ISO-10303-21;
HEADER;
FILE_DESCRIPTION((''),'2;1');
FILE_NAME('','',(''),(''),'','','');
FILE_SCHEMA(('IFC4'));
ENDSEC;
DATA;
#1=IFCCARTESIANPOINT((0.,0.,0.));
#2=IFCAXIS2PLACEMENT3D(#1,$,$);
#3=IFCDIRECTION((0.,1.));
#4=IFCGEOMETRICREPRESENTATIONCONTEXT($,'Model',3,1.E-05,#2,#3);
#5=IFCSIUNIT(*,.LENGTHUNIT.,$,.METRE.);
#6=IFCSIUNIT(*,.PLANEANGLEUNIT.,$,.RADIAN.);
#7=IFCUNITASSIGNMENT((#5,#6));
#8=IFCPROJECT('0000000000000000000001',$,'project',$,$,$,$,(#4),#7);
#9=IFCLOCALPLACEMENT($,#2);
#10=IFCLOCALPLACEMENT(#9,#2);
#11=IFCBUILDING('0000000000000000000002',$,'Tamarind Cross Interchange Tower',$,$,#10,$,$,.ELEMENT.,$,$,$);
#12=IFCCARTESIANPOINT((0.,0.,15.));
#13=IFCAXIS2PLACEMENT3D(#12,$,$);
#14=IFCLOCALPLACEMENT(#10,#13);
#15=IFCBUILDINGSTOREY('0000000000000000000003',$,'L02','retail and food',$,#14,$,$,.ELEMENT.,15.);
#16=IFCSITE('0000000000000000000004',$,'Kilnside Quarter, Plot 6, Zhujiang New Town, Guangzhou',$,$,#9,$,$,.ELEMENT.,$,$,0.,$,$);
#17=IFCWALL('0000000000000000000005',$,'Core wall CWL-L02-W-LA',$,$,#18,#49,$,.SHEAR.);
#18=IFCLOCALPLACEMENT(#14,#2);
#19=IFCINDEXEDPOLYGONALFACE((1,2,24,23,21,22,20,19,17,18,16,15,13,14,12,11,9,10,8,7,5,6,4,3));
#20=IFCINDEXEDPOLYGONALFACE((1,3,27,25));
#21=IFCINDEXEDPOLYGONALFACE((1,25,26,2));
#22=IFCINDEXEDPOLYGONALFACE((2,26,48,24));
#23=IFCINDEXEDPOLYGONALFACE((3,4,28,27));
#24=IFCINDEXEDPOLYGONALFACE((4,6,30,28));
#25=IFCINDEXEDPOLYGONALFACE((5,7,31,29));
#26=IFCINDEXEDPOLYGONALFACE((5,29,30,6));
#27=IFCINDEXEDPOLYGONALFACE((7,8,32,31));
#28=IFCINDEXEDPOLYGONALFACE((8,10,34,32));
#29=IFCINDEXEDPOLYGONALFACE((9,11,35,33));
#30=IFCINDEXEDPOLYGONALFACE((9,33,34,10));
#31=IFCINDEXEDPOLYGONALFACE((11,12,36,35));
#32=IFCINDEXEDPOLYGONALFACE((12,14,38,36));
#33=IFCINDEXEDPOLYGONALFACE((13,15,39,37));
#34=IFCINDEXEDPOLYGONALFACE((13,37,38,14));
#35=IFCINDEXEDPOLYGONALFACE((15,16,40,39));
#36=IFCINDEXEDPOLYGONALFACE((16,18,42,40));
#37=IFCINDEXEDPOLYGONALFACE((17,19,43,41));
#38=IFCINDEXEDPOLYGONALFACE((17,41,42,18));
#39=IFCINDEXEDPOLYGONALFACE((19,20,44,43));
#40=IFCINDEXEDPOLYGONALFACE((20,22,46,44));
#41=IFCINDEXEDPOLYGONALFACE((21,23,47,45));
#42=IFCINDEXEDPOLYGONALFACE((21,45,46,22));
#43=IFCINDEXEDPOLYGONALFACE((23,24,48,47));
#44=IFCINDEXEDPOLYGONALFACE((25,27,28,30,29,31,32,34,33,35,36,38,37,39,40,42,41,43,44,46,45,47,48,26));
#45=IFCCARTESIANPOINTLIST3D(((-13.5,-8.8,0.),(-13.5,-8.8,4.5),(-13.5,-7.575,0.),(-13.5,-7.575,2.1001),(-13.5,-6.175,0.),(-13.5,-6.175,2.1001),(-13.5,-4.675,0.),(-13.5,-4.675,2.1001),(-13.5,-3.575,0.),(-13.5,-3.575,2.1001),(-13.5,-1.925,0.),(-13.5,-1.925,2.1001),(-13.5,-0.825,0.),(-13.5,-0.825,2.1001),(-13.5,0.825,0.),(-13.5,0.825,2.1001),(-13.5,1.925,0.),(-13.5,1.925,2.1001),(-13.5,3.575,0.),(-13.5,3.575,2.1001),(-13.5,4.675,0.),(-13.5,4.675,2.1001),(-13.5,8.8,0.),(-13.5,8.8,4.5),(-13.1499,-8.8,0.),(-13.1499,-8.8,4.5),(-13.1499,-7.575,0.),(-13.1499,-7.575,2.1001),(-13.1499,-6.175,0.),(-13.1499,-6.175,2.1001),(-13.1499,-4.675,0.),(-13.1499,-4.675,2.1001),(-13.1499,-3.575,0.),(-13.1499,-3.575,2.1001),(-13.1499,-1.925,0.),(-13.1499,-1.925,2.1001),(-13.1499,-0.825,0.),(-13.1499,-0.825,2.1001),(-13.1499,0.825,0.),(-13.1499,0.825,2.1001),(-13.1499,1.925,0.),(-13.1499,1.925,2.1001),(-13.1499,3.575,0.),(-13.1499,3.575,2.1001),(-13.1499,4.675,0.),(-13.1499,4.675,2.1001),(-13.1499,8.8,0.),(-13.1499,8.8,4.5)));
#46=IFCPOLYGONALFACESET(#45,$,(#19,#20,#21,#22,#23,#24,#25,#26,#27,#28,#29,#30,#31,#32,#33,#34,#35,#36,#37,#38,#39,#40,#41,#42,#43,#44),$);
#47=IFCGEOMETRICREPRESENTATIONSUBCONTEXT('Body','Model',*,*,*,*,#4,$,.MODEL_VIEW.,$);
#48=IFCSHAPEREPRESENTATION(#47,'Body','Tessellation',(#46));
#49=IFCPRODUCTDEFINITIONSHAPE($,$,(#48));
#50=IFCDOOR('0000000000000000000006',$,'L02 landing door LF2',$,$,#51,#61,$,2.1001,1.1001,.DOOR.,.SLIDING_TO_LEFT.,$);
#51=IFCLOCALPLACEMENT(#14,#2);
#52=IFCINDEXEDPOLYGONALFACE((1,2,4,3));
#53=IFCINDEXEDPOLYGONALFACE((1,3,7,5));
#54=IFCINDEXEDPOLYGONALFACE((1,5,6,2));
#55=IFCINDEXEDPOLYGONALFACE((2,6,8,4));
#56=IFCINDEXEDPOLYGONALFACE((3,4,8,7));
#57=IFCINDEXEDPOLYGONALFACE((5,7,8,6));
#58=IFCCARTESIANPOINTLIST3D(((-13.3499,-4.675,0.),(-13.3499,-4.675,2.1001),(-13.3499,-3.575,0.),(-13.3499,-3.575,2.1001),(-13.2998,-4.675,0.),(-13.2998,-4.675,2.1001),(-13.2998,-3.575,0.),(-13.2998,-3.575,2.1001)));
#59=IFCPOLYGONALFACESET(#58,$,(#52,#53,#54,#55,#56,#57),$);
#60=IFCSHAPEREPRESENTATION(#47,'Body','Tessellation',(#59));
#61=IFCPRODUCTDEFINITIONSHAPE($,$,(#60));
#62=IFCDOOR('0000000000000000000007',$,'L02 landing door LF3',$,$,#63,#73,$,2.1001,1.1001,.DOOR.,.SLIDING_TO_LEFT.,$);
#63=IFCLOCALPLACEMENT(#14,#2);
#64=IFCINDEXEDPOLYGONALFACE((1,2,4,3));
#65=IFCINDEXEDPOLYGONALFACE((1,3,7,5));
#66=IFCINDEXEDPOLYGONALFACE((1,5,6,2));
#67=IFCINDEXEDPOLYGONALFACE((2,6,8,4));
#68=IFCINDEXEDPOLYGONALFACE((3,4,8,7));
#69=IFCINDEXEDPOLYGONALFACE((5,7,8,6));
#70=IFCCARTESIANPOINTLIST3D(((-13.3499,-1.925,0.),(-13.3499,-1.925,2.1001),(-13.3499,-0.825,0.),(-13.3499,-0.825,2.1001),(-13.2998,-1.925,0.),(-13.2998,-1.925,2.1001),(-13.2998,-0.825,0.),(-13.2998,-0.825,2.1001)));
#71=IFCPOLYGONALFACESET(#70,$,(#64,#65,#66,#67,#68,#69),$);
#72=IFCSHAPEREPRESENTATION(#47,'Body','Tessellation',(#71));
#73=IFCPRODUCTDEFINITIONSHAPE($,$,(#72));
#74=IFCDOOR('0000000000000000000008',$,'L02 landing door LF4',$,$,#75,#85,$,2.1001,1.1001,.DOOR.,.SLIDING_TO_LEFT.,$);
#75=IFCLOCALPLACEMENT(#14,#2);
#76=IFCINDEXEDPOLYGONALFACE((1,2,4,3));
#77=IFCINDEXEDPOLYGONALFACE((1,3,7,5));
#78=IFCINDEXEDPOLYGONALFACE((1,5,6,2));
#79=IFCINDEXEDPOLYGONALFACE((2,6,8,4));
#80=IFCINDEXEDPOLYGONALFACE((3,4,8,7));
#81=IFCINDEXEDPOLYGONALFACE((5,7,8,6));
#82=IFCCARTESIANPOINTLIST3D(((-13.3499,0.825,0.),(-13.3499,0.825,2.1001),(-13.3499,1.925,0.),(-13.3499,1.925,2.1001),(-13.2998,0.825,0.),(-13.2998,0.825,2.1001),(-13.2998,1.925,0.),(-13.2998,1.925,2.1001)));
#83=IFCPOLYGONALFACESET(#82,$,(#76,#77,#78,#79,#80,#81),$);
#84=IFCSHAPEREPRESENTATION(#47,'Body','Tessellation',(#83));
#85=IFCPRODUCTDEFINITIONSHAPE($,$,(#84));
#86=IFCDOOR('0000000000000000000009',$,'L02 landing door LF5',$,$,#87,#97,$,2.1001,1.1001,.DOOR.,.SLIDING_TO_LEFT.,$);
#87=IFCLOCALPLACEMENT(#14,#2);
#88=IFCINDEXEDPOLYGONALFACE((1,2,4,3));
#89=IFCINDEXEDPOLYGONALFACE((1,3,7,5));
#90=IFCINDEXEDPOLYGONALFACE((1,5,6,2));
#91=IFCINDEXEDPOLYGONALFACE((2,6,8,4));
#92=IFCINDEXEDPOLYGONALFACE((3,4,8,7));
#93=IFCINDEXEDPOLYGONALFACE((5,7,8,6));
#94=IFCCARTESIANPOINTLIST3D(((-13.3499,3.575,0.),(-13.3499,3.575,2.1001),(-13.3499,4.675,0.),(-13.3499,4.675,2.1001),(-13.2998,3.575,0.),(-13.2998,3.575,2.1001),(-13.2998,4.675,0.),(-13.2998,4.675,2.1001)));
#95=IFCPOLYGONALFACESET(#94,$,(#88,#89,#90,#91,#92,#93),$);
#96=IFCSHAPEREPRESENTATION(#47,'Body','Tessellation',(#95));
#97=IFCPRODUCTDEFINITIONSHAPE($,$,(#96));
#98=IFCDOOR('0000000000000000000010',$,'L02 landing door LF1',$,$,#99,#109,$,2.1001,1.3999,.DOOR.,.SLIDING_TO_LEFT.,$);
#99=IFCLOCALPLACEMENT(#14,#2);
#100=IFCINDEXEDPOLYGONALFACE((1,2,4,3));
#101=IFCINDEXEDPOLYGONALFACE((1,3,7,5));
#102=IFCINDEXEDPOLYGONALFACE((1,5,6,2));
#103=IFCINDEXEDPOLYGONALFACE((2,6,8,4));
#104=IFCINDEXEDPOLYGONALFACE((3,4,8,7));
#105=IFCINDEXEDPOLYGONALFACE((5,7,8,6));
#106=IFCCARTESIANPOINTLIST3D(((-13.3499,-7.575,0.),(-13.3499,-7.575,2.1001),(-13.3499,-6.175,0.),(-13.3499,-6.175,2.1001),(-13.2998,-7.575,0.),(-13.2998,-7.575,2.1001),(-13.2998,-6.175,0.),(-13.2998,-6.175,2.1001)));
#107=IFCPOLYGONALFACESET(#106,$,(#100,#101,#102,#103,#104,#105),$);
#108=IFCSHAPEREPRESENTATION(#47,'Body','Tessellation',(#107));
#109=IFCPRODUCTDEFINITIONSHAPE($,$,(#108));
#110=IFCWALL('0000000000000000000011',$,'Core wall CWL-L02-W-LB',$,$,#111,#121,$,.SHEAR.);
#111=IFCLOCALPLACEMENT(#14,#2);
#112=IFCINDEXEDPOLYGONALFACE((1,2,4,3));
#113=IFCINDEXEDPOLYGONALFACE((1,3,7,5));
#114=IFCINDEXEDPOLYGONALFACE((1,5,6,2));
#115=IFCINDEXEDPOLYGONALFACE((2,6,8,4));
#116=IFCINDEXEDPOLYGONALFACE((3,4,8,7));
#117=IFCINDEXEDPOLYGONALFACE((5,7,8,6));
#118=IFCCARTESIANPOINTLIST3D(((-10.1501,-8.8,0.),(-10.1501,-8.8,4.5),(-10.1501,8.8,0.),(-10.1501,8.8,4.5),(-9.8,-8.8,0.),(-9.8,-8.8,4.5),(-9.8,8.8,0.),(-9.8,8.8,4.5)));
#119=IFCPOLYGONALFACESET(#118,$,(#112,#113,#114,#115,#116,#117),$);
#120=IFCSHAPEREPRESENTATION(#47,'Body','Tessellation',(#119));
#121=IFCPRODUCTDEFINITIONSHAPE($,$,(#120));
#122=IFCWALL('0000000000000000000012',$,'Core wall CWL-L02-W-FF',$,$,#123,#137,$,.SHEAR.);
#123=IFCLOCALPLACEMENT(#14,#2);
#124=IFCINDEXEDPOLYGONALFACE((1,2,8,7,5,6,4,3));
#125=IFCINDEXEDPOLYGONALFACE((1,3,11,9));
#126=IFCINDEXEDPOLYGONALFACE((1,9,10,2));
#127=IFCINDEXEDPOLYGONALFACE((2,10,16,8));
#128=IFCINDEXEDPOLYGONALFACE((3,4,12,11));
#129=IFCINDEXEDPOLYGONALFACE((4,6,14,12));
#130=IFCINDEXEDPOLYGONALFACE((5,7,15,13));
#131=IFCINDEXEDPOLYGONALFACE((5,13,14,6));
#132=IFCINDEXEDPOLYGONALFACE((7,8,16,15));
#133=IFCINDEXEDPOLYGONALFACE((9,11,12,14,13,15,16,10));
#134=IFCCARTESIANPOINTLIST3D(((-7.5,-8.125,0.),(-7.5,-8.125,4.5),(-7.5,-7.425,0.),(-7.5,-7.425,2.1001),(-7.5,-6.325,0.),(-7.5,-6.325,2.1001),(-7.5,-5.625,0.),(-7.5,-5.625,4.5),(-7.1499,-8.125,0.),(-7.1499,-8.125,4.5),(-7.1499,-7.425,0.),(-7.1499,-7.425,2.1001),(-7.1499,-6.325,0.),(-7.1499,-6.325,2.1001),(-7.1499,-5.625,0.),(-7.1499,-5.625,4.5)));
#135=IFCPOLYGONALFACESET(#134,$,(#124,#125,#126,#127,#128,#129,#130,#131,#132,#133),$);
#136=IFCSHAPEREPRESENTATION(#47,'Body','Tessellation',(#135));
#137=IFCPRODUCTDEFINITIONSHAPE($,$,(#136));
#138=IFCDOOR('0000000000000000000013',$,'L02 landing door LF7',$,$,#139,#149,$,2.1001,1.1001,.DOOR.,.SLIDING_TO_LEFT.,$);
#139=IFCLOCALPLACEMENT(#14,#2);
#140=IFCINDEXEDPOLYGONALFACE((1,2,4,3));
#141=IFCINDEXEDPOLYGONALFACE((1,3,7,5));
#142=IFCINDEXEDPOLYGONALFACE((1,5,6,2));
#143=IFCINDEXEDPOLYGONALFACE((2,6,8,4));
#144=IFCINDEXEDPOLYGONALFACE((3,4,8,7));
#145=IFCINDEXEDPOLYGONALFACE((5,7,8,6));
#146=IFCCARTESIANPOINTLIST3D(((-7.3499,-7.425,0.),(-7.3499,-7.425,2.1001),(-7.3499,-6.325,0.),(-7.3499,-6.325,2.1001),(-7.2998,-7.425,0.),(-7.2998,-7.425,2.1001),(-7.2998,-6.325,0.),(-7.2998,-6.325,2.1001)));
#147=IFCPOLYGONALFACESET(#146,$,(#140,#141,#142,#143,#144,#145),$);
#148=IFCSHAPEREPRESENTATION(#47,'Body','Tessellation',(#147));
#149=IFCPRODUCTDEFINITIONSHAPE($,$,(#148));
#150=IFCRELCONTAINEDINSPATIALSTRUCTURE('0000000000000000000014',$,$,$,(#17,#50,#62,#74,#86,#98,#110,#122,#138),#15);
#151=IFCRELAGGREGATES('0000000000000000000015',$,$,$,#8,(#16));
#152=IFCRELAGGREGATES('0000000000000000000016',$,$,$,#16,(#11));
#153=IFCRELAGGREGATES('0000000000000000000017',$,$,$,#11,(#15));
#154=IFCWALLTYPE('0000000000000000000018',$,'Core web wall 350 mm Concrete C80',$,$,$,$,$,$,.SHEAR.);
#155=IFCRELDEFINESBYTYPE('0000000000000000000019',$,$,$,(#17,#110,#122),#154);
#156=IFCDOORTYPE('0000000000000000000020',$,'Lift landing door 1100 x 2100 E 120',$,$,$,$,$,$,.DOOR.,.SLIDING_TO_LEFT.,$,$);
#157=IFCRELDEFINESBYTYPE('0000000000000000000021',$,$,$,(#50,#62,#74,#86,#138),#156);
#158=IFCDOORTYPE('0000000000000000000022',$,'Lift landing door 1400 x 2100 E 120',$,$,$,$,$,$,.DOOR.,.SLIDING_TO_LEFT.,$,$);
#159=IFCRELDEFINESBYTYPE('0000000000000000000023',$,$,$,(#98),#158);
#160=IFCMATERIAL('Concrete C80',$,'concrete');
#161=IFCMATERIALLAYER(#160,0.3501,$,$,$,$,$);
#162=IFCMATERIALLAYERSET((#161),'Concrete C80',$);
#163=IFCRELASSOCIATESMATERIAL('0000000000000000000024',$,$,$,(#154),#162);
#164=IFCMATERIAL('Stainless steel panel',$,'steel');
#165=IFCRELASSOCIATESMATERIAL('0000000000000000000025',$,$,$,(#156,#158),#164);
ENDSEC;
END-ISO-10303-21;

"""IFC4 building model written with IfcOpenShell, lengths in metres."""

from ifc_helpers import new_model, si_unit, direction, frame, frame_2d, origin, place, context, subcontext, project, spatial, rectangle, extrude, material, layer, layer_set, type_object, element, fill, save


model = new_model("IFC4")

# Units and contexts
model_context = context("Model", 3, precision=1e-05, world=origin(), true_north=direction((0.0, 1.0)))
body_context = subcontext(model_context, "Body", "Model", "MODEL_VIEW")
ifc_project = project(units=[si_unit("LENGTHUNIT", "METRE"), si_unit("PLANEANGLEUNIT", "RADIAN")], contexts=[model_context])

# Site, building, storey
site_placement = place(None, origin())
site = spatial("IfcSite", under=ifc_project, at=site_placement, Name="Kilnside Quarter, Plot 6, Zhujiang New Town, Guangzhou", CompositionType="ELEMENT", RefElevation=0.0)
building_placement = place(site_placement, origin())
building = spatial("IfcBuilding", under=site, at=building_placement, Name="Tamarind Cross Interchange Tower", CompositionType="ELEMENT")
storey_placement = place(building_placement, frame((0.0, 0.0, 15.0)))
storey = spatial("IfcBuildingStorey", under=building, at=storey_placement, Name="L02", Description="retail and food", CompositionType="ELEMENT", Elevation=15.0)

# Shared definitions
ifc_material_1 = material(Name="Concrete C80", Category="concrete")

# Shared definitions
ifc_layer_1 = layer(ifc_material_1, 0.3501)
ifc_layer_set_1 = layer_set([ifc_layer_1], Name="Concrete C80")
wall_type_1 = type_object("IfcWallType", Name="Core web wall 350 mm Concrete C80", PredefinedType="SHEAR", material=ifc_layer_set_1)

# Wall, openings, doors
wall_1_placement = place(storey_placement, frame((-13.325, -8.8, 0.0), z_axis=(0.0, 0.0, 1.0), x_axis=(0.0, 1.0, 0.0)))
wall_1 = element("IfcWall", 1, at=wall_1_placement, inside=storey, type_object=wall_type_1, Name="Core wall CWL-L02-W-LA", PredefinedType="SHEAR", context=body_context, shape_type="SweptSolid", body=[
    extrude(rectangle(XDim=17.6001, YDim=0.3501, at=frame_2d((8.8, 0.0))), origin(), (0.0, 0.0, 1.0), 4.5),
])
opening_1_placement = place(wall_1_placement, frame((1.2251, 0.0, 0.0)))
opening_1 = element("IfcOpeningElement", 2, at=opening_1_placement, cuts=wall_1, PredefinedType="OPENING", context=body_context, shape_type="SweptSolid", body=[
    extrude(rectangle(XDim=1.3999, YDim=2.1001, at=frame_2d((0.7, 1.05))), frame((0.0, 0.1851, 0.0), z_axis=(0.0, -1.0, 0.0), x_axis=(1.0, 0.0, 0.0)), (0.0, 0.0, 1.0), 0.3701),
])
opening_2_placement = place(wall_1_placement, frame((4.125, 0.0, 0.0)))
opening_2 = element("IfcOpeningElement", 3, at=opening_2_placement, cuts=wall_1, PredefinedType="OPENING", context=body_context, shape_type="SweptSolid", body=[
    extrude(rectangle(XDim=1.1001, YDim=2.1001, at=frame_2d((0.55, 1.05))), frame((0.0, 0.1851, 0.0), z_axis=(0.0, -1.0, 0.0), x_axis=(1.0, 0.0, 0.0)), (0.0, 0.0, 1.0), 0.3701),
])
opening_3_placement = place(wall_1_placement, frame((6.875, 0.0, 0.0)))
opening_3 = element("IfcOpeningElement", 4, at=opening_3_placement, cuts=wall_1, PredefinedType="OPENING", context=body_context, shape_type="SweptSolid", body=[
    extrude(rectangle(XDim=1.1001, YDim=2.1001, at=frame_2d((0.55, 1.05))), frame((0.0, 0.1851, 0.0), z_axis=(0.0, -1.0, 0.0), x_axis=(1.0, 0.0, 0.0)), (0.0, 0.0, 1.0), 0.3701),
])
opening_4_placement = place(wall_1_placement, frame((9.625, 0.0, 0.0)))
opening_4 = element("IfcOpeningElement", 5, at=opening_4_placement, cuts=wall_1, PredefinedType="OPENING", context=body_context, shape_type="SweptSolid", body=[
    extrude(rectangle(XDim=1.1001, YDim=2.1001, at=frame_2d((0.55, 1.05))), frame((0.0, 0.1851, 0.0), z_axis=(0.0, -1.0, 0.0), x_axis=(1.0, 0.0, 0.0)), (0.0, 0.0, 1.0), 0.3701),
])
opening_5_placement = place(wall_1_placement, frame((12.375, 0.0, 0.0)))
opening_5 = element("IfcOpeningElement", 6, at=opening_5_placement, cuts=wall_1, PredefinedType="OPENING", context=body_context, shape_type="SweptSolid", body=[
    extrude(rectangle(XDim=1.1001, YDim=2.1001, at=frame_2d((0.55, 1.05))), frame((0.0, 0.1851, 0.0), z_axis=(0.0, -1.0, 0.0), x_axis=(1.0, 0.0, 0.0)), (0.0, 0.0, 1.0), 0.3701),
])
ifc_material_2 = material(Name="Stainless steel panel", Category="steel")
door_type_1 = type_object("IfcDoorType", Name="Lift landing door 1100 x 2100 E 120", OperationType="SLIDING_TO_LEFT", PredefinedType="DOOR", material=ifc_material_2)
door_1_placement = place(opening_2_placement, origin())
door_1 = element("IfcDoor", 7, at=door_1_placement, inside=storey, type_object=door_type_1, Name="L02 landing door LF2", OperationType="SLIDING_TO_LEFT", OverallHeight=2.1001, OverallWidth=1.1001, PredefinedType="DOOR", context=body_context, shape_type="SweptSolid", body=[
    extrude(rectangle(XDim=1.1001, YDim=2.1001, at=frame_2d((0.55, 1.05))), frame((0.0, 0.0249, 0.0), z_axis=(0.0, -1.0, 0.0), x_axis=(1.0, 0.0, 0.0)), (0.0, 0.0, 1.0), 0.05),
])
fill(opening_2, door_1)
door_2_placement = place(opening_3_placement, origin())
door_2 = element("IfcDoor", 8, at=door_2_placement, inside=storey, type_object=door_type_1, Name="L02 landing door LF3", OperationType="SLIDING_TO_LEFT", OverallHeight=2.1001, OverallWidth=1.1001, PredefinedType="DOOR", context=body_context, shape_type="SweptSolid", body=[
    extrude(rectangle(XDim=1.1001, YDim=2.1001, at=frame_2d((0.55, 1.05))), frame((0.0, 0.0249, 0.0), z_axis=(0.0, -1.0, 0.0), x_axis=(1.0, 0.0, 0.0)), (0.0, 0.0, 1.0), 0.05),
])
fill(opening_3, door_2)
door_3_placement = place(opening_4_placement, origin())
door_3 = element("IfcDoor", 9, at=door_3_placement, inside=storey, type_object=door_type_1, Name="L02 landing door LF4", OperationType="SLIDING_TO_LEFT", OverallHeight=2.1001, OverallWidth=1.1001, PredefinedType="DOOR", context=body_context, shape_type="SweptSolid", body=[
    extrude(rectangle(XDim=1.1001, YDim=2.1001, at=frame_2d((0.55, 1.05))), frame((0.0, 0.0249, 0.0), z_axis=(0.0, -1.0, 0.0), x_axis=(1.0, 0.0, 0.0)), (0.0, 0.0, 1.0), 0.05),
])
fill(opening_4, door_3)
door_4_placement = place(opening_5_placement, origin())
door_4 = element("IfcDoor", 10, at=door_4_placement, inside=storey, type_object=door_type_1, Name="L02 landing door LF5", OperationType="SLIDING_TO_LEFT", OverallHeight=2.1001, OverallWidth=1.1001, PredefinedType="DOOR", context=body_context, shape_type="SweptSolid", body=[
    extrude(rectangle(XDim=1.1001, YDim=2.1001, at=frame_2d((0.55, 1.05))), frame((0.0, 0.0249, 0.0), z_axis=(0.0, -1.0, 0.0), x_axis=(1.0, 0.0, 0.0)), (0.0, 0.0, 1.0), 0.05),
])
fill(opening_5, door_4)
door_type_2 = type_object("IfcDoorType", Name="Lift landing door 1400 x 2100 E 120", OperationType="SLIDING_TO_LEFT", PredefinedType="DOOR", material=ifc_material_2)
door_5_placement = place(opening_1_placement, origin())
door_5 = element("IfcDoor", 11, at=door_5_placement, inside=storey, type_object=door_type_2, Name="L02 landing door LF1", OperationType="SLIDING_TO_LEFT", OverallHeight=2.1001, OverallWidth=1.3999, PredefinedType="DOOR", context=body_context, shape_type="SweptSolid", body=[
    extrude(rectangle(XDim=1.3999, YDim=2.1001, at=frame_2d((0.7, 1.05))), frame((0.0, 0.0249, 0.0), z_axis=(0.0, -1.0, 0.0), x_axis=(1.0, 0.0, 0.0)), (0.0, 0.0, 1.0), 0.05),
])
fill(opening_1, door_5)

# Wall
wall_2_placement = place(storey_placement, frame((-9.9751, -8.8, 0.0), z_axis=(0.0, 0.0, 1.0), x_axis=(0.0, 1.0, 0.0)))
element("IfcWall", 12, at=wall_2_placement, inside=storey, type_object=wall_type_1, Name="Core wall CWL-L02-W-LB", PredefinedType="SHEAR", context=body_context, shape_type="SweptSolid", body=[
    extrude(rectangle(XDim=17.6001, YDim=0.3501, at=frame_2d((8.8, 0.0))), origin(), (0.0, 0.0, 1.0), 4.5),
])

# Wall, opening, door
wall_3_placement = place(storey_placement, frame((-7.325, -8.125, 0.0), z_axis=(0.0, 0.0, 1.0), x_axis=(0.0, 1.0, 0.0)))
wall_3 = element("IfcWall", 13, at=wall_3_placement, inside=storey, type_object=wall_type_1, Name="Core wall CWL-L02-W-FF", PredefinedType="SHEAR", context=body_context, shape_type="SweptSolid", body=[
    extrude(rectangle(XDim=2.5, YDim=0.3501, at=frame_2d((1.25, 0.0))), origin(), (0.0, 0.0, 1.0), 4.5),
])
opening_6_placement = place(wall_3_placement, frame((0.7, 0.0, 0.0)))
opening_6 = element("IfcOpeningElement", 14, at=opening_6_placement, cuts=wall_3, PredefinedType="OPENING", context=body_context, shape_type="SweptSolid", body=[
    extrude(rectangle(XDim=1.1001, YDim=2.1001, at=frame_2d((0.55, 1.05))), frame((0.0, 0.1851, 0.0), z_axis=(0.0, -1.0, 0.0), x_axis=(1.0, 0.0, 0.0)), (0.0, 0.0, 1.0), 0.3701),
])
door_6_placement = place(opening_6_placement, origin())
door_6 = element("IfcDoor", 15, at=door_6_placement, inside=storey, type_object=door_type_1, Name="L02 landing door LF7", OperationType="SLIDING_TO_LEFT", OverallHeight=2.1001, OverallWidth=1.1001, PredefinedType="DOOR", context=body_context, shape_type="SweptSolid", body=[
    extrude(rectangle(XDim=1.1001, YDim=2.1001, at=frame_2d((0.55, 1.05))), frame((0.0, 0.0249, 0.0), z_axis=(0.0, -1.0, 0.0), x_axis=(1.0, 0.0, 0.0)), (0.0, 0.0, 1.0), 0.05),
])
fill(opening_6, door_6)

save(model, "model.ifc")
